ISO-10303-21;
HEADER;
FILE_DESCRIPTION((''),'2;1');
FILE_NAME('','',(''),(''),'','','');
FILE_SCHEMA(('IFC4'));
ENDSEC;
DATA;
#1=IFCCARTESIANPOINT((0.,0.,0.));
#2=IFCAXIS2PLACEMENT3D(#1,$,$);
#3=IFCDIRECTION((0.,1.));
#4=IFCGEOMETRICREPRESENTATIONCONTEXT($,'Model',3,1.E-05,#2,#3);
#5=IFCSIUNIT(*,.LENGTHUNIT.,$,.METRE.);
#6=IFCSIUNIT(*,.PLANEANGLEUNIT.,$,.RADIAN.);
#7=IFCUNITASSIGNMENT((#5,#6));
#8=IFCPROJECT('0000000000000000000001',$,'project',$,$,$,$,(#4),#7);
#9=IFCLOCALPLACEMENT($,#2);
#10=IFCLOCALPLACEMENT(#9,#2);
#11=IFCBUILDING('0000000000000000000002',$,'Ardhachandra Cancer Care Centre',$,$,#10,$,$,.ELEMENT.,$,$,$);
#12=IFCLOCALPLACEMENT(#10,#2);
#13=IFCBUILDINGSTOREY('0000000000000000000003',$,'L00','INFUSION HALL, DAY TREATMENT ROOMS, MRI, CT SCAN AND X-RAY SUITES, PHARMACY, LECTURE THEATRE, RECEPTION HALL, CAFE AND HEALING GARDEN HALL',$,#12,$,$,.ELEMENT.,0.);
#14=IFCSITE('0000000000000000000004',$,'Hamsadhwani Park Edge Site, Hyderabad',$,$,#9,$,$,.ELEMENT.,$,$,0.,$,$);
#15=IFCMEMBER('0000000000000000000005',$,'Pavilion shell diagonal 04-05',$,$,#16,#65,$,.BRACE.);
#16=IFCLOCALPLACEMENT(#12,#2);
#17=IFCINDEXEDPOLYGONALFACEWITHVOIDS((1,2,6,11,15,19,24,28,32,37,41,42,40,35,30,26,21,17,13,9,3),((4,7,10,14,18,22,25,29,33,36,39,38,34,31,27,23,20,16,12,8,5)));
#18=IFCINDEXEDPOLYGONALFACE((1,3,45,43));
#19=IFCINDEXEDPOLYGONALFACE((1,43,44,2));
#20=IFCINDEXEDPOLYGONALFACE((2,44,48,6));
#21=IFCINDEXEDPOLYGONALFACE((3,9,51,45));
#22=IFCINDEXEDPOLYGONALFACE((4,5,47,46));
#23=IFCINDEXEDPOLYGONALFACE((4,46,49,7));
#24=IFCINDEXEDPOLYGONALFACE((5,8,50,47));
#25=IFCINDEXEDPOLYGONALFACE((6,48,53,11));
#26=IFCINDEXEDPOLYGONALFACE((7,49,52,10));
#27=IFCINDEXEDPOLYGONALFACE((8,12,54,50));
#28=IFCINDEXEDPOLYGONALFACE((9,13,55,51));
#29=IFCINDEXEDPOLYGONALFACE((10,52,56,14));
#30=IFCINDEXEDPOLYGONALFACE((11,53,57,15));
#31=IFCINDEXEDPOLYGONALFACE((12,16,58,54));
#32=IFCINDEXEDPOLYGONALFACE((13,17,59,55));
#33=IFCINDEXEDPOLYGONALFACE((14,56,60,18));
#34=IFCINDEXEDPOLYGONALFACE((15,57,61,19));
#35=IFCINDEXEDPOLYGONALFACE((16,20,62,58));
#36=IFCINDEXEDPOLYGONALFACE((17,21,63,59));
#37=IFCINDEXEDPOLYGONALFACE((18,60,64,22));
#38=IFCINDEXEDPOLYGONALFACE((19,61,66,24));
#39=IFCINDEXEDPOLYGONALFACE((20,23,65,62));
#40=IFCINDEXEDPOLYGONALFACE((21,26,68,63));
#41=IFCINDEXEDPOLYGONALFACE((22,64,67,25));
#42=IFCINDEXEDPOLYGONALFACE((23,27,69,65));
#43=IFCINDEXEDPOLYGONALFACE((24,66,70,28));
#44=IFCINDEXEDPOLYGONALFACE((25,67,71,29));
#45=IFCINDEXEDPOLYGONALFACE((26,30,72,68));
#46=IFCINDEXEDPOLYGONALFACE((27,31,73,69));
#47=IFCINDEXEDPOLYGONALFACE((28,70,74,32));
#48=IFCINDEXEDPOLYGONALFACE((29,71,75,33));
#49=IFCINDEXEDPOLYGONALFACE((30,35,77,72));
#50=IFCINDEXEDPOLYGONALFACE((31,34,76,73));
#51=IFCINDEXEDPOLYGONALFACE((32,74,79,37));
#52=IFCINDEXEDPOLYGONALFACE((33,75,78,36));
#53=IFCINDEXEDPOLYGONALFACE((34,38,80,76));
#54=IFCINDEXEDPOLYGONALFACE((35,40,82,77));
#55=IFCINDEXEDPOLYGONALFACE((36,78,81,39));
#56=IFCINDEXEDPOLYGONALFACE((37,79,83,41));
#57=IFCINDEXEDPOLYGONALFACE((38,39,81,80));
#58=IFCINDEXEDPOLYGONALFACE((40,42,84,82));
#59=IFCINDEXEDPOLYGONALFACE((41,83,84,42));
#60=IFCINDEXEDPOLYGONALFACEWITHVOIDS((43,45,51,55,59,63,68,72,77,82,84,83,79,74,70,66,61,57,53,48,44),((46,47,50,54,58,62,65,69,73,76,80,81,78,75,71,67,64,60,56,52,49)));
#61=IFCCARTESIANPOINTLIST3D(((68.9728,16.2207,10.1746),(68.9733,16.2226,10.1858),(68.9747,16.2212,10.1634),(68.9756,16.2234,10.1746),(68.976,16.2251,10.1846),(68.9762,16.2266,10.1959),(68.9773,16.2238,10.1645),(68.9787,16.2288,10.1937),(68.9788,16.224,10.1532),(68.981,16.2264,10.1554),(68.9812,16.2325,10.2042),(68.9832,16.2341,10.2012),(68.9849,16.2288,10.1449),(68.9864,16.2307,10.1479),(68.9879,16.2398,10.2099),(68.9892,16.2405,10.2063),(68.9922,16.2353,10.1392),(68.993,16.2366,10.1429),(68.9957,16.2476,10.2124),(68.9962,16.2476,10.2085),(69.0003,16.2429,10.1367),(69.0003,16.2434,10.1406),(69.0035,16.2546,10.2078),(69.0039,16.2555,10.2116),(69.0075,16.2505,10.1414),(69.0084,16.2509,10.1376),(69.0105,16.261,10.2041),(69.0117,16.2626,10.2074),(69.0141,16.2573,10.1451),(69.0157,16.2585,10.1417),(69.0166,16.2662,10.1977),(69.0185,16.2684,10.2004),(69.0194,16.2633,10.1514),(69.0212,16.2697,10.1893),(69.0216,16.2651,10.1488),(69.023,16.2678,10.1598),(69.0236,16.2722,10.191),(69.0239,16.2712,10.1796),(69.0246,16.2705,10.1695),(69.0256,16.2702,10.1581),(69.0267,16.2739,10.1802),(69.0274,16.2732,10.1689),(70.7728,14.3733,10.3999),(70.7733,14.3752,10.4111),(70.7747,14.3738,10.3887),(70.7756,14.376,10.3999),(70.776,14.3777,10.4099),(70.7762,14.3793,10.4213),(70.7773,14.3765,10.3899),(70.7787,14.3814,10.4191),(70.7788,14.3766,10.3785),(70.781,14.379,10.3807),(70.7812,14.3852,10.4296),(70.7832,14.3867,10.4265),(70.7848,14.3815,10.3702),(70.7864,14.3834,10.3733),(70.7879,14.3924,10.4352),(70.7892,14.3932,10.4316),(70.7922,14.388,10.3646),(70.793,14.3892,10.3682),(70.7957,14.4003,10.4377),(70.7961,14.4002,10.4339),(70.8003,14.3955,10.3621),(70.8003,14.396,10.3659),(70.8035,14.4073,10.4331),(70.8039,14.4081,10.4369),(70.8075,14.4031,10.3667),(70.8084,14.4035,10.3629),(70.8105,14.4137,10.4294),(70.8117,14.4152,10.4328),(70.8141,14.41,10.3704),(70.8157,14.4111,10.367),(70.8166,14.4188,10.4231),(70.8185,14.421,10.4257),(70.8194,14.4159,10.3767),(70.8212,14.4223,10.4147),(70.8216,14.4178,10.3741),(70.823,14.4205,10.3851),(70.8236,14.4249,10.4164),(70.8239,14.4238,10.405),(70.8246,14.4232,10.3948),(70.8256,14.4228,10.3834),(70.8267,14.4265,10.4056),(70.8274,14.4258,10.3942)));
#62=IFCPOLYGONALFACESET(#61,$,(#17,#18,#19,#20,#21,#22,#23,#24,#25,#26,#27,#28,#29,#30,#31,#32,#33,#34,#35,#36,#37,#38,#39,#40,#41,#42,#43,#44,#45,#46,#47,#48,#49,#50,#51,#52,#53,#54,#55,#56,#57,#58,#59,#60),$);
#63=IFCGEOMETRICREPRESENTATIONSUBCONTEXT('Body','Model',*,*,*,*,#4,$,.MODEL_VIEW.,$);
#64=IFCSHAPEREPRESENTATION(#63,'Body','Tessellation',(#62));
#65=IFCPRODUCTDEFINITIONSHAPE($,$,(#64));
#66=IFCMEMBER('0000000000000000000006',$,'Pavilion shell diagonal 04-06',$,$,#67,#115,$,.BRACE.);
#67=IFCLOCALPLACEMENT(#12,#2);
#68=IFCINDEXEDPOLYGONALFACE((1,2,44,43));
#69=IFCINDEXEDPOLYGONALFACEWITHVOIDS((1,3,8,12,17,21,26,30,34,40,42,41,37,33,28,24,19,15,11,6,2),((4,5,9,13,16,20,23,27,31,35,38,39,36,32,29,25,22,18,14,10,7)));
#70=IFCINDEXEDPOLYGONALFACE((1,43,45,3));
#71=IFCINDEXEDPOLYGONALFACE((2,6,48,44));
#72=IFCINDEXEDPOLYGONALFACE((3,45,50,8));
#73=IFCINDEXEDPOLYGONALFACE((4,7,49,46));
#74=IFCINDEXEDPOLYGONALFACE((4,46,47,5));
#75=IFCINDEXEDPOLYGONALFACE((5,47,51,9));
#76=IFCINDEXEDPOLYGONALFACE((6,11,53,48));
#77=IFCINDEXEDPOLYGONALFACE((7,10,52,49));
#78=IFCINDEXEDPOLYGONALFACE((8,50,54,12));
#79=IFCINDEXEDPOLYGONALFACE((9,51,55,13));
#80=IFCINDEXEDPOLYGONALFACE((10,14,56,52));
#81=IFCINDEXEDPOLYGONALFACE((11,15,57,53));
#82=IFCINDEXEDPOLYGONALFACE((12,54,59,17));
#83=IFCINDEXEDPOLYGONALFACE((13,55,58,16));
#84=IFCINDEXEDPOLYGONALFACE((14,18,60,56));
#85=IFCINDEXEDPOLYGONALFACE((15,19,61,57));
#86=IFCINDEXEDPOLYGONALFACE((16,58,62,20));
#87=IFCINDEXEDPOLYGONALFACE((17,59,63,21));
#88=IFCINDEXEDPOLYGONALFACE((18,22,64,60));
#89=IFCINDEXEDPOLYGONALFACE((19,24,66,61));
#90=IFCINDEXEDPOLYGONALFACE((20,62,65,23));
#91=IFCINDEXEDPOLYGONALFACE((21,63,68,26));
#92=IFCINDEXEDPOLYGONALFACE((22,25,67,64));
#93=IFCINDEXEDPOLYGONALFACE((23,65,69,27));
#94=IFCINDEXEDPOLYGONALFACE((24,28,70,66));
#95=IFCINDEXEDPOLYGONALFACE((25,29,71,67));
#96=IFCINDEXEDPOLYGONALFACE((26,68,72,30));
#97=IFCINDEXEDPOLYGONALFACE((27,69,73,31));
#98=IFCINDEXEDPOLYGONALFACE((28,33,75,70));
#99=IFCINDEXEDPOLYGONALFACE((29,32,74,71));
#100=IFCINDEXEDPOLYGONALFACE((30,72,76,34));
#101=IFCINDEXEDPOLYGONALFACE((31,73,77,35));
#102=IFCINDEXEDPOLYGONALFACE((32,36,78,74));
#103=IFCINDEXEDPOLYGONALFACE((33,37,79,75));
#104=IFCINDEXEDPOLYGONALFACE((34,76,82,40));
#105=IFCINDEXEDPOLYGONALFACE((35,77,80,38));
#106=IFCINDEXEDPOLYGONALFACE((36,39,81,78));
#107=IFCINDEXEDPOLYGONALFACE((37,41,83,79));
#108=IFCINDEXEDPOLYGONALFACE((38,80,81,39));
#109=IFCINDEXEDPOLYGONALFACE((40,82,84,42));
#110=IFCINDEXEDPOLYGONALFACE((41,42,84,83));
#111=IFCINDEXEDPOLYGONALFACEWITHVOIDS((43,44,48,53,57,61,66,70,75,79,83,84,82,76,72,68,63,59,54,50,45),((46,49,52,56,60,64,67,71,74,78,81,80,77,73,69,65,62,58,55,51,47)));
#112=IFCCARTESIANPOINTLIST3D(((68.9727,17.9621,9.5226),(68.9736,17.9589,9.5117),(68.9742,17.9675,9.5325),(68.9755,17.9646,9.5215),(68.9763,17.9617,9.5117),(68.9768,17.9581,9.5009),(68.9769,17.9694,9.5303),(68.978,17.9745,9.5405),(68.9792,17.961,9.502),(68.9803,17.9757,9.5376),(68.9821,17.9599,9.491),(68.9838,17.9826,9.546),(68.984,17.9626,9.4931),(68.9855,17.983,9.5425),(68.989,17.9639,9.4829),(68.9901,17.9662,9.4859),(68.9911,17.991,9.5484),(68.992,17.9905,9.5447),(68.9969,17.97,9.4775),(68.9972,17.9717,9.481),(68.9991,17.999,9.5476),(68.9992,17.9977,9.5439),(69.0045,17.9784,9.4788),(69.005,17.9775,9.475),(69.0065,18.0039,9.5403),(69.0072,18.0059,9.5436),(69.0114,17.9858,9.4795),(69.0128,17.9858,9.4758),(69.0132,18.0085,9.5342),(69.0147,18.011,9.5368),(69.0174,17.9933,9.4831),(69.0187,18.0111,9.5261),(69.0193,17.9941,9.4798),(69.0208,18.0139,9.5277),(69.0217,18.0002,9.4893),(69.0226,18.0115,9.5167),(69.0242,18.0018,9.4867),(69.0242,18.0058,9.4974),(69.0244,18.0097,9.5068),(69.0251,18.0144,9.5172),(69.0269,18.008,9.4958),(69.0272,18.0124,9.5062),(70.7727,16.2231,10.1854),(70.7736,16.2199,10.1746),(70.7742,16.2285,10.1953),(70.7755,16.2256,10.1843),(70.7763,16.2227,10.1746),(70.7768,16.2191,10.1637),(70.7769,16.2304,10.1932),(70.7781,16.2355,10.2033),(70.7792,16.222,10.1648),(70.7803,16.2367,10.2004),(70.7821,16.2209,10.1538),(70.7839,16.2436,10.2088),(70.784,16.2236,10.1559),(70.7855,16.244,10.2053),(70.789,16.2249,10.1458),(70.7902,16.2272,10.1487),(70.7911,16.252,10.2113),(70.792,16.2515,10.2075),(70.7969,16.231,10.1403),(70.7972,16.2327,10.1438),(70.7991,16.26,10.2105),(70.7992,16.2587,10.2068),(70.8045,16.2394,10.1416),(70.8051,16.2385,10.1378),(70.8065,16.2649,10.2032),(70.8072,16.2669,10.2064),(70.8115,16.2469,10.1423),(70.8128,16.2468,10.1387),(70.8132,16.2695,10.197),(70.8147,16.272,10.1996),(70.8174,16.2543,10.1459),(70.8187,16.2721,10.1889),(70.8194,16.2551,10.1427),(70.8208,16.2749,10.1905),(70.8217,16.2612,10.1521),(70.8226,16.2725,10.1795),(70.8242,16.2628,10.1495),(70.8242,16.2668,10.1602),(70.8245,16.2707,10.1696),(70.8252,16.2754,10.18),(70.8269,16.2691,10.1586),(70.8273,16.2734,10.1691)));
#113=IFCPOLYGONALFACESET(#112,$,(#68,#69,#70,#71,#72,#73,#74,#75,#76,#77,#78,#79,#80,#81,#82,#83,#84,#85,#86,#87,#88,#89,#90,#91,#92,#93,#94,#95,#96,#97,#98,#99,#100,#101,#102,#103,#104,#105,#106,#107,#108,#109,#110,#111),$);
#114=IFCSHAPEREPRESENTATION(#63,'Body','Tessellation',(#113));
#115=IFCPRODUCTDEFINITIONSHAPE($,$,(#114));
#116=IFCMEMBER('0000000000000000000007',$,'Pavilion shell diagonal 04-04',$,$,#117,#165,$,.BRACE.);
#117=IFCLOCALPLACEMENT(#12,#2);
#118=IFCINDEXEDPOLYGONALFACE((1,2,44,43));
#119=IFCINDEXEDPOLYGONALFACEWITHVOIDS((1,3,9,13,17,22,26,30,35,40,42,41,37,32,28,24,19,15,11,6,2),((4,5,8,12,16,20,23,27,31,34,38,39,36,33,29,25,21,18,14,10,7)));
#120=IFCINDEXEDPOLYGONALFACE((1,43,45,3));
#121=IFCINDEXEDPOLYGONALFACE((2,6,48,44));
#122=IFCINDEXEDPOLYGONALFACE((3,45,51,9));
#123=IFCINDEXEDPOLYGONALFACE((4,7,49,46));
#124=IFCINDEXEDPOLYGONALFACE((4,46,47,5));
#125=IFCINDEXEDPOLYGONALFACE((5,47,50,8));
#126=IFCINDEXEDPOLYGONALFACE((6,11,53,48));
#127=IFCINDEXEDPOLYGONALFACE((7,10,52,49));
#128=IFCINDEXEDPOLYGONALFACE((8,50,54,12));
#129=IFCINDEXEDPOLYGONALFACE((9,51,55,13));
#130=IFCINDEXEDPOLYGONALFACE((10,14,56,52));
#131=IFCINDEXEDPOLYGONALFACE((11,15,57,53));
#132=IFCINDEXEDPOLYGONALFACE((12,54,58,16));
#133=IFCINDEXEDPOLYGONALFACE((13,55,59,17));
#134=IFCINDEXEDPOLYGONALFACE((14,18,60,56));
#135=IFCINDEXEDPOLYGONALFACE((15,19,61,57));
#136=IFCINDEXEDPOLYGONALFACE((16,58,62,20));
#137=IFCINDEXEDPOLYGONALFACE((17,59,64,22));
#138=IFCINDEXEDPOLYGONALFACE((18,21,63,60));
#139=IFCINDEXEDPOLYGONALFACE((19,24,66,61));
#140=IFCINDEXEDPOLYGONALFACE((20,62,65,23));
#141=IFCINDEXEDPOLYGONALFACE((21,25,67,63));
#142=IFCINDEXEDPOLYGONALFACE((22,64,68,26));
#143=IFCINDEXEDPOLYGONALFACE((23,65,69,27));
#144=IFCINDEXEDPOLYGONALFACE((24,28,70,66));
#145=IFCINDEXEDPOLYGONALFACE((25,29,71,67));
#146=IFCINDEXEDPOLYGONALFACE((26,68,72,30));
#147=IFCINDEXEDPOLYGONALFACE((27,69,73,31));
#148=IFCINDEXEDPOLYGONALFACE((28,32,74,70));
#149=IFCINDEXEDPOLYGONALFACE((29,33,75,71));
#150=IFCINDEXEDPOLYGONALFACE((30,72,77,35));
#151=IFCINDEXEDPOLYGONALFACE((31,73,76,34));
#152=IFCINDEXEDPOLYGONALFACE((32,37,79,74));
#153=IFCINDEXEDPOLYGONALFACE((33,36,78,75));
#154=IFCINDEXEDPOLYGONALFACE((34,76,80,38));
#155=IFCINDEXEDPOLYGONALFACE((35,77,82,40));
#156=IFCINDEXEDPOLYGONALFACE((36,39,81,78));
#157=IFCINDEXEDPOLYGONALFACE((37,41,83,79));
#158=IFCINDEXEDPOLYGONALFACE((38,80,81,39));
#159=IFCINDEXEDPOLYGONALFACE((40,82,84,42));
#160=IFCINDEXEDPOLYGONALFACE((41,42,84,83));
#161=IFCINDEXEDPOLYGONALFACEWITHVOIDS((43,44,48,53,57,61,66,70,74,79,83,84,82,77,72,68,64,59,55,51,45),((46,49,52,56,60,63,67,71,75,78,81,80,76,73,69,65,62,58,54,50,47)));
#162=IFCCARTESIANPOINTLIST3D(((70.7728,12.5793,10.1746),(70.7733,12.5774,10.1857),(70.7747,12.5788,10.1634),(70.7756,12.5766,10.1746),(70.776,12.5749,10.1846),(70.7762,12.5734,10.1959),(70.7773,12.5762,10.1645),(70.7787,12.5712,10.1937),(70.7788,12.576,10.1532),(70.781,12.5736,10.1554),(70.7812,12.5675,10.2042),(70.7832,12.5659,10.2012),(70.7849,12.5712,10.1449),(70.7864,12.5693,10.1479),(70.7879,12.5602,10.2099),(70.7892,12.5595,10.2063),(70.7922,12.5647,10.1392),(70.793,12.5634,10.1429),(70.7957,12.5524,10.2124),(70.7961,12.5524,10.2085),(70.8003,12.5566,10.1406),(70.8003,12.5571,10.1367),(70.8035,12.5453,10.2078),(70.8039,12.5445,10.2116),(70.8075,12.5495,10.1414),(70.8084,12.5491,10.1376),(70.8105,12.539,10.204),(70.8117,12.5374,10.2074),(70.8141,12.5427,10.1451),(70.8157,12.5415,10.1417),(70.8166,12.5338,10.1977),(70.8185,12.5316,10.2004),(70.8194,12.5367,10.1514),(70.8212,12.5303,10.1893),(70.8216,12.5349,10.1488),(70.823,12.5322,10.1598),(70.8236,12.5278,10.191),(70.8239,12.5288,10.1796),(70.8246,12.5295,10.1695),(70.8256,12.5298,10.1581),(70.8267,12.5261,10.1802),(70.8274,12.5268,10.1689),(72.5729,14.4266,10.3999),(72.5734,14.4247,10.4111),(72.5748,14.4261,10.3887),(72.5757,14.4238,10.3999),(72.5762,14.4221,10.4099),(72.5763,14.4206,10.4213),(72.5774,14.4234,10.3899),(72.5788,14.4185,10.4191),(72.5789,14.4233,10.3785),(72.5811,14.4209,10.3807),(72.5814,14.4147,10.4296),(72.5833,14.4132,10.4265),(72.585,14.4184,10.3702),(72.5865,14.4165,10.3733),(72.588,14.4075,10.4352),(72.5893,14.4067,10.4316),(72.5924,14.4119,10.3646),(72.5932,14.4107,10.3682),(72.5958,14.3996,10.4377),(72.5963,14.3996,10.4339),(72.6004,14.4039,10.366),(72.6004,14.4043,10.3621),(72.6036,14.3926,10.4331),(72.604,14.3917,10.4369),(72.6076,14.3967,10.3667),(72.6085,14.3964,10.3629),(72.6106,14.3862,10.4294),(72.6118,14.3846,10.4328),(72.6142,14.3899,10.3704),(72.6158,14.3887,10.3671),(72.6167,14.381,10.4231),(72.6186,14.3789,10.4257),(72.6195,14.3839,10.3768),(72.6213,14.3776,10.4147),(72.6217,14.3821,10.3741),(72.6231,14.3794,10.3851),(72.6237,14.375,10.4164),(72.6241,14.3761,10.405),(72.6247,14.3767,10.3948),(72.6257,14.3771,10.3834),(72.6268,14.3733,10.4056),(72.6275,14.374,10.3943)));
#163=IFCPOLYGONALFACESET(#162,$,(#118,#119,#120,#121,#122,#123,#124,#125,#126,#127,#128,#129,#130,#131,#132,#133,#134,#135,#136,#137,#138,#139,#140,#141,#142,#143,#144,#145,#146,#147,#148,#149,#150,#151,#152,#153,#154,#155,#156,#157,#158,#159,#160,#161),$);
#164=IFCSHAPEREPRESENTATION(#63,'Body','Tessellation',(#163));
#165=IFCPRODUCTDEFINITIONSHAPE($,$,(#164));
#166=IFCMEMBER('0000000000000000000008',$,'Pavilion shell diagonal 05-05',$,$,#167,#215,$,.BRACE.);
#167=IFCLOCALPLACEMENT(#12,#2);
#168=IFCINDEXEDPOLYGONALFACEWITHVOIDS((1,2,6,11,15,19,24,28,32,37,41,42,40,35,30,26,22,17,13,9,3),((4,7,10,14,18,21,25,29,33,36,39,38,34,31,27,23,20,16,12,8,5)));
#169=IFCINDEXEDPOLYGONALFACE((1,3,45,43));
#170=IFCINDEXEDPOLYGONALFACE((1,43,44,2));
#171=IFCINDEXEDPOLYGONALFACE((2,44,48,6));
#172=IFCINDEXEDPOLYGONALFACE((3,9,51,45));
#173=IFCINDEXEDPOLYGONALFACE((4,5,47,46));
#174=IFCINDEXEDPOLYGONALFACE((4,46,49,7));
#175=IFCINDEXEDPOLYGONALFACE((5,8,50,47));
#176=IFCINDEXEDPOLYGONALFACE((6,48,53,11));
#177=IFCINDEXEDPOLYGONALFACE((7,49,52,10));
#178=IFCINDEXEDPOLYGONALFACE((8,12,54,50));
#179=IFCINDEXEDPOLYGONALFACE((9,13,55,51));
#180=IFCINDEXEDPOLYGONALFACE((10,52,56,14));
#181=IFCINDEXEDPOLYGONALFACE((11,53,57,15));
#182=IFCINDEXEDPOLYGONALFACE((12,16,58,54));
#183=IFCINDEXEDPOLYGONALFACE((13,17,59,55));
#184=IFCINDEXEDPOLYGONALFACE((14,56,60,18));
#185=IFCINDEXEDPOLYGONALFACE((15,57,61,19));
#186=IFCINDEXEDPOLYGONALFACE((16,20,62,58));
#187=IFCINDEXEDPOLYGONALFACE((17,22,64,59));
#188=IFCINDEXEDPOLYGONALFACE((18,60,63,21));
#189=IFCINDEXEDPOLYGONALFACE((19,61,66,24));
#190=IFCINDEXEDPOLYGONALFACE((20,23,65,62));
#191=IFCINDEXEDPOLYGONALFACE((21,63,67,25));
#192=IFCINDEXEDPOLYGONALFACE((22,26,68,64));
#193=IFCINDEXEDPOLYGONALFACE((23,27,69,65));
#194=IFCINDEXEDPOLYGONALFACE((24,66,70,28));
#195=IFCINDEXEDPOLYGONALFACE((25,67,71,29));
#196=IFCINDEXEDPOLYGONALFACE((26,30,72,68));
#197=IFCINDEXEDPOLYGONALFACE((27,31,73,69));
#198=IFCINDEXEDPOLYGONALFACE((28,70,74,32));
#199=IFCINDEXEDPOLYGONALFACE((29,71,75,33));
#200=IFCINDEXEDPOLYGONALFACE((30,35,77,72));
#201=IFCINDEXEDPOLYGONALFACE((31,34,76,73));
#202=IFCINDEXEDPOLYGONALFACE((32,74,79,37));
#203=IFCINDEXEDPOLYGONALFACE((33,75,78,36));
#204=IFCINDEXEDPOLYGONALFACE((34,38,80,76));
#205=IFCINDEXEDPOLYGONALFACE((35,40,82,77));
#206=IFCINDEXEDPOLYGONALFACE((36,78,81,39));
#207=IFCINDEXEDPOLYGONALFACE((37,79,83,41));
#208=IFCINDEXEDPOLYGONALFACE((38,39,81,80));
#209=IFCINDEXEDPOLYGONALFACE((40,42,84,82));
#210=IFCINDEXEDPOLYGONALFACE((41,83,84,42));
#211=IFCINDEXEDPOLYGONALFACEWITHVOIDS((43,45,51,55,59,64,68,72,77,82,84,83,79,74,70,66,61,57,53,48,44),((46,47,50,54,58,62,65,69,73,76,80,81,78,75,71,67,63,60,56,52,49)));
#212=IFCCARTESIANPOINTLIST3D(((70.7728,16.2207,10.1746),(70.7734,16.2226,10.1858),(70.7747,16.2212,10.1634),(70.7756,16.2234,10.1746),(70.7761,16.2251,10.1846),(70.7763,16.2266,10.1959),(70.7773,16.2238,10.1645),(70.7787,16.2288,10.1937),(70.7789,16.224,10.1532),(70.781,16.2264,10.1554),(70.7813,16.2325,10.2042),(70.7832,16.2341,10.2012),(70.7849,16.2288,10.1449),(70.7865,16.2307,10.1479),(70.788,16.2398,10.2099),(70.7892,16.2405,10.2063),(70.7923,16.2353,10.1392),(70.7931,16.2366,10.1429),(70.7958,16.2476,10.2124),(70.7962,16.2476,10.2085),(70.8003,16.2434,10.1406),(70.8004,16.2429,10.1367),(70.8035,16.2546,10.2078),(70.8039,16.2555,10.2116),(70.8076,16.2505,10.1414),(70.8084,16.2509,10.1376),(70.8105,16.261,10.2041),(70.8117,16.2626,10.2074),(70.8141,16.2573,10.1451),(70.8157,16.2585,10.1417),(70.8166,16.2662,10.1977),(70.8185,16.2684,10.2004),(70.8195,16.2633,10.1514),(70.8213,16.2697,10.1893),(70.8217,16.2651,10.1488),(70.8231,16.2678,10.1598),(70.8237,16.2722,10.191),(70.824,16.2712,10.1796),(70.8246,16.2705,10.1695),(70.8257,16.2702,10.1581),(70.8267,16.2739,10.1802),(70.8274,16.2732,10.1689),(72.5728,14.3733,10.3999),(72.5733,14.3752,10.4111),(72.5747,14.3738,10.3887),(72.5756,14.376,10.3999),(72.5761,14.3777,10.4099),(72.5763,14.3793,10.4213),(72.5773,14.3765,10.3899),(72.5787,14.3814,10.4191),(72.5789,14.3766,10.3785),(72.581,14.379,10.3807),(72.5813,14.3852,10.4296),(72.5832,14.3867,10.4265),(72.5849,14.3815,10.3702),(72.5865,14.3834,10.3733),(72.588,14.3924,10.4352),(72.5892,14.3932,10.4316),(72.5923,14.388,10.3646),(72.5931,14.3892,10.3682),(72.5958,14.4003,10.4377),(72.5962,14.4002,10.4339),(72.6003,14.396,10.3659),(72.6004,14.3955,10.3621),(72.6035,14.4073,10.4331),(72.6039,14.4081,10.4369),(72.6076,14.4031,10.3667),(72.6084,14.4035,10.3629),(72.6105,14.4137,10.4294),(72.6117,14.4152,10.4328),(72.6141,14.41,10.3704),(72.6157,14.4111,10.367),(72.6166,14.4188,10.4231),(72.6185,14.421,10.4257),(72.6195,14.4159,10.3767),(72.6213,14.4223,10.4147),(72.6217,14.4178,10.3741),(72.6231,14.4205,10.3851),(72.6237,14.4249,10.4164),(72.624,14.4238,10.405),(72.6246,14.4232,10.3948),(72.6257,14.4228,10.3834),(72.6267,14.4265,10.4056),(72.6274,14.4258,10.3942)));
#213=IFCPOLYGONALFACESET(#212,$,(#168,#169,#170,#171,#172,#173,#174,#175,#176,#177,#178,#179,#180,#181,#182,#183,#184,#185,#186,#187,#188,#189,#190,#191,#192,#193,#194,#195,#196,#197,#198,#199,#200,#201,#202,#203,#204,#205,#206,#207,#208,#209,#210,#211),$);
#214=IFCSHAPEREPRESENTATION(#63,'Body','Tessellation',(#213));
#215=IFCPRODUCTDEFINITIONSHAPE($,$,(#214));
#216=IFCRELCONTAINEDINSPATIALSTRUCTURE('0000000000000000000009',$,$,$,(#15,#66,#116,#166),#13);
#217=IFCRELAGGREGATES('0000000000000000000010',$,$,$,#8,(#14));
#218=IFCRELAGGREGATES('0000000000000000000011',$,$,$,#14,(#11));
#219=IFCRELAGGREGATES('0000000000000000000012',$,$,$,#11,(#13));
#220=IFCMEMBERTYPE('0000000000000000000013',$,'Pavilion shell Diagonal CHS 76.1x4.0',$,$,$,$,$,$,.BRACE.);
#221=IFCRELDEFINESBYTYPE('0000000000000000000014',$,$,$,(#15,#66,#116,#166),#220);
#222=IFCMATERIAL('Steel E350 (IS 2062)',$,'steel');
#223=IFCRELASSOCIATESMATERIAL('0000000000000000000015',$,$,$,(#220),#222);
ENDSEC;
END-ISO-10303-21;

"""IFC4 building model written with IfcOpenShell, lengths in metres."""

from ifc_helpers import new_model, si_unit, direction, frame, origin, origin_2d, place, context, subcontext, project, spatial, hollow_circle, extrude, material, material_profile, profile_set, type_object, element, save


model = new_model("IFC4")

# Units and contexts
model_context = context("Model", 3, precision=1e-05, world=origin(), true_north=direction((0.0, 1.0)))
body_context = subcontext(model_context, "Body", "Model", "MODEL_VIEW")
ifc_project = project(units=[si_unit("LENGTHUNIT", "METRE"), si_unit("PLANEANGLEUNIT", "RADIAN")], contexts=[model_context])

# Site, building, storey
site_placement = place(None, origin())
site = spatial("IfcSite", under=ifc_project, at=site_placement, Name="Hamsadhwani Park Edge Site, Hyderabad", CompositionType="ELEMENT", RefElevation=0.0)
building_placement = place(site_placement, origin())
building = spatial("IfcBuilding", under=site, at=building_placement, Name="Ardhachandra Cancer Care Centre", CompositionType="ELEMENT")
storey_placement = place(building_placement, origin())
storey = spatial("IfcBuildingStorey", under=building, at=storey_placement, Name="L00", Description="INFUSION HALL, DAY TREATMENT ROOMS, MRI, CT SCAN AND X-RAY SUITES, PHARMACY, LECTURE THEATRE, RECEPTION HALL, CAFE AND HEALING GARDEN HALL", CompositionType="ELEMENT", Elevation=0.0)

# Members
ifc_material_1 = material(Name="Steel E350 (IS 2062)", Category="steel")
ifc_material_profile_1 = material_profile(ifc_material_1, hollow_circle(Radius=0.0381, WallThickness=0.0039, at=origin_2d()), Name="CHS 76.1x4.0")
ifc_profile_set_1 = profile_set([ifc_material_profile_1], Name="Steel E350 (IS 2062)")
member_type_1 = type_object("IfcMemberType", Name="Pavilion shell Diagonal CHS 76.1x4.0", PredefinedType="BRACE", material=ifc_profile_set_1)
for number, where, z_axis, x_axis, name in (
    (1, (70.8, 14.3999, 10.3999), (-0.695218, 0.713511, -0.087032), (-0.716228, -0.697866, 0.0), "Pavilion shell diagonal 04-05"),
    (2, (70.8, 16.2473, 10.1746), (-0.695227, 0.671654, -0.256007), (-0.694809, -0.719195, 0.0), "Pavilion shell diagonal 04-06"),
    (3, (70.8, 12.5527, 10.1746), (0.695265, 0.713464, 0.087038), (-0.716182, 0.697913, 0.0), "Pavilion shell diagonal 04-04"),
    (4, (72.6001, 14.3999, 10.3999), (-0.695218, 0.713511, -0.087032), (-0.716228, -0.697866, 0.0), "Pavilion shell diagonal 05-05"),
):
    element("IfcMember", number, at=place(storey_placement, frame(where, z_axis=z_axis, x_axis=x_axis)), inside=storey, type_object=member_type_1, Name=name, PredefinedType="BRACE", context=body_context, shape_type="SweptSolid", body=[
        extrude(hollow_circle(Radius=0.0381, WallThickness=0.0039, at=origin_2d()), origin(), (0.0, 0.0, 1.0), 2.5891),
    ])

save(model, "model.ifc")
